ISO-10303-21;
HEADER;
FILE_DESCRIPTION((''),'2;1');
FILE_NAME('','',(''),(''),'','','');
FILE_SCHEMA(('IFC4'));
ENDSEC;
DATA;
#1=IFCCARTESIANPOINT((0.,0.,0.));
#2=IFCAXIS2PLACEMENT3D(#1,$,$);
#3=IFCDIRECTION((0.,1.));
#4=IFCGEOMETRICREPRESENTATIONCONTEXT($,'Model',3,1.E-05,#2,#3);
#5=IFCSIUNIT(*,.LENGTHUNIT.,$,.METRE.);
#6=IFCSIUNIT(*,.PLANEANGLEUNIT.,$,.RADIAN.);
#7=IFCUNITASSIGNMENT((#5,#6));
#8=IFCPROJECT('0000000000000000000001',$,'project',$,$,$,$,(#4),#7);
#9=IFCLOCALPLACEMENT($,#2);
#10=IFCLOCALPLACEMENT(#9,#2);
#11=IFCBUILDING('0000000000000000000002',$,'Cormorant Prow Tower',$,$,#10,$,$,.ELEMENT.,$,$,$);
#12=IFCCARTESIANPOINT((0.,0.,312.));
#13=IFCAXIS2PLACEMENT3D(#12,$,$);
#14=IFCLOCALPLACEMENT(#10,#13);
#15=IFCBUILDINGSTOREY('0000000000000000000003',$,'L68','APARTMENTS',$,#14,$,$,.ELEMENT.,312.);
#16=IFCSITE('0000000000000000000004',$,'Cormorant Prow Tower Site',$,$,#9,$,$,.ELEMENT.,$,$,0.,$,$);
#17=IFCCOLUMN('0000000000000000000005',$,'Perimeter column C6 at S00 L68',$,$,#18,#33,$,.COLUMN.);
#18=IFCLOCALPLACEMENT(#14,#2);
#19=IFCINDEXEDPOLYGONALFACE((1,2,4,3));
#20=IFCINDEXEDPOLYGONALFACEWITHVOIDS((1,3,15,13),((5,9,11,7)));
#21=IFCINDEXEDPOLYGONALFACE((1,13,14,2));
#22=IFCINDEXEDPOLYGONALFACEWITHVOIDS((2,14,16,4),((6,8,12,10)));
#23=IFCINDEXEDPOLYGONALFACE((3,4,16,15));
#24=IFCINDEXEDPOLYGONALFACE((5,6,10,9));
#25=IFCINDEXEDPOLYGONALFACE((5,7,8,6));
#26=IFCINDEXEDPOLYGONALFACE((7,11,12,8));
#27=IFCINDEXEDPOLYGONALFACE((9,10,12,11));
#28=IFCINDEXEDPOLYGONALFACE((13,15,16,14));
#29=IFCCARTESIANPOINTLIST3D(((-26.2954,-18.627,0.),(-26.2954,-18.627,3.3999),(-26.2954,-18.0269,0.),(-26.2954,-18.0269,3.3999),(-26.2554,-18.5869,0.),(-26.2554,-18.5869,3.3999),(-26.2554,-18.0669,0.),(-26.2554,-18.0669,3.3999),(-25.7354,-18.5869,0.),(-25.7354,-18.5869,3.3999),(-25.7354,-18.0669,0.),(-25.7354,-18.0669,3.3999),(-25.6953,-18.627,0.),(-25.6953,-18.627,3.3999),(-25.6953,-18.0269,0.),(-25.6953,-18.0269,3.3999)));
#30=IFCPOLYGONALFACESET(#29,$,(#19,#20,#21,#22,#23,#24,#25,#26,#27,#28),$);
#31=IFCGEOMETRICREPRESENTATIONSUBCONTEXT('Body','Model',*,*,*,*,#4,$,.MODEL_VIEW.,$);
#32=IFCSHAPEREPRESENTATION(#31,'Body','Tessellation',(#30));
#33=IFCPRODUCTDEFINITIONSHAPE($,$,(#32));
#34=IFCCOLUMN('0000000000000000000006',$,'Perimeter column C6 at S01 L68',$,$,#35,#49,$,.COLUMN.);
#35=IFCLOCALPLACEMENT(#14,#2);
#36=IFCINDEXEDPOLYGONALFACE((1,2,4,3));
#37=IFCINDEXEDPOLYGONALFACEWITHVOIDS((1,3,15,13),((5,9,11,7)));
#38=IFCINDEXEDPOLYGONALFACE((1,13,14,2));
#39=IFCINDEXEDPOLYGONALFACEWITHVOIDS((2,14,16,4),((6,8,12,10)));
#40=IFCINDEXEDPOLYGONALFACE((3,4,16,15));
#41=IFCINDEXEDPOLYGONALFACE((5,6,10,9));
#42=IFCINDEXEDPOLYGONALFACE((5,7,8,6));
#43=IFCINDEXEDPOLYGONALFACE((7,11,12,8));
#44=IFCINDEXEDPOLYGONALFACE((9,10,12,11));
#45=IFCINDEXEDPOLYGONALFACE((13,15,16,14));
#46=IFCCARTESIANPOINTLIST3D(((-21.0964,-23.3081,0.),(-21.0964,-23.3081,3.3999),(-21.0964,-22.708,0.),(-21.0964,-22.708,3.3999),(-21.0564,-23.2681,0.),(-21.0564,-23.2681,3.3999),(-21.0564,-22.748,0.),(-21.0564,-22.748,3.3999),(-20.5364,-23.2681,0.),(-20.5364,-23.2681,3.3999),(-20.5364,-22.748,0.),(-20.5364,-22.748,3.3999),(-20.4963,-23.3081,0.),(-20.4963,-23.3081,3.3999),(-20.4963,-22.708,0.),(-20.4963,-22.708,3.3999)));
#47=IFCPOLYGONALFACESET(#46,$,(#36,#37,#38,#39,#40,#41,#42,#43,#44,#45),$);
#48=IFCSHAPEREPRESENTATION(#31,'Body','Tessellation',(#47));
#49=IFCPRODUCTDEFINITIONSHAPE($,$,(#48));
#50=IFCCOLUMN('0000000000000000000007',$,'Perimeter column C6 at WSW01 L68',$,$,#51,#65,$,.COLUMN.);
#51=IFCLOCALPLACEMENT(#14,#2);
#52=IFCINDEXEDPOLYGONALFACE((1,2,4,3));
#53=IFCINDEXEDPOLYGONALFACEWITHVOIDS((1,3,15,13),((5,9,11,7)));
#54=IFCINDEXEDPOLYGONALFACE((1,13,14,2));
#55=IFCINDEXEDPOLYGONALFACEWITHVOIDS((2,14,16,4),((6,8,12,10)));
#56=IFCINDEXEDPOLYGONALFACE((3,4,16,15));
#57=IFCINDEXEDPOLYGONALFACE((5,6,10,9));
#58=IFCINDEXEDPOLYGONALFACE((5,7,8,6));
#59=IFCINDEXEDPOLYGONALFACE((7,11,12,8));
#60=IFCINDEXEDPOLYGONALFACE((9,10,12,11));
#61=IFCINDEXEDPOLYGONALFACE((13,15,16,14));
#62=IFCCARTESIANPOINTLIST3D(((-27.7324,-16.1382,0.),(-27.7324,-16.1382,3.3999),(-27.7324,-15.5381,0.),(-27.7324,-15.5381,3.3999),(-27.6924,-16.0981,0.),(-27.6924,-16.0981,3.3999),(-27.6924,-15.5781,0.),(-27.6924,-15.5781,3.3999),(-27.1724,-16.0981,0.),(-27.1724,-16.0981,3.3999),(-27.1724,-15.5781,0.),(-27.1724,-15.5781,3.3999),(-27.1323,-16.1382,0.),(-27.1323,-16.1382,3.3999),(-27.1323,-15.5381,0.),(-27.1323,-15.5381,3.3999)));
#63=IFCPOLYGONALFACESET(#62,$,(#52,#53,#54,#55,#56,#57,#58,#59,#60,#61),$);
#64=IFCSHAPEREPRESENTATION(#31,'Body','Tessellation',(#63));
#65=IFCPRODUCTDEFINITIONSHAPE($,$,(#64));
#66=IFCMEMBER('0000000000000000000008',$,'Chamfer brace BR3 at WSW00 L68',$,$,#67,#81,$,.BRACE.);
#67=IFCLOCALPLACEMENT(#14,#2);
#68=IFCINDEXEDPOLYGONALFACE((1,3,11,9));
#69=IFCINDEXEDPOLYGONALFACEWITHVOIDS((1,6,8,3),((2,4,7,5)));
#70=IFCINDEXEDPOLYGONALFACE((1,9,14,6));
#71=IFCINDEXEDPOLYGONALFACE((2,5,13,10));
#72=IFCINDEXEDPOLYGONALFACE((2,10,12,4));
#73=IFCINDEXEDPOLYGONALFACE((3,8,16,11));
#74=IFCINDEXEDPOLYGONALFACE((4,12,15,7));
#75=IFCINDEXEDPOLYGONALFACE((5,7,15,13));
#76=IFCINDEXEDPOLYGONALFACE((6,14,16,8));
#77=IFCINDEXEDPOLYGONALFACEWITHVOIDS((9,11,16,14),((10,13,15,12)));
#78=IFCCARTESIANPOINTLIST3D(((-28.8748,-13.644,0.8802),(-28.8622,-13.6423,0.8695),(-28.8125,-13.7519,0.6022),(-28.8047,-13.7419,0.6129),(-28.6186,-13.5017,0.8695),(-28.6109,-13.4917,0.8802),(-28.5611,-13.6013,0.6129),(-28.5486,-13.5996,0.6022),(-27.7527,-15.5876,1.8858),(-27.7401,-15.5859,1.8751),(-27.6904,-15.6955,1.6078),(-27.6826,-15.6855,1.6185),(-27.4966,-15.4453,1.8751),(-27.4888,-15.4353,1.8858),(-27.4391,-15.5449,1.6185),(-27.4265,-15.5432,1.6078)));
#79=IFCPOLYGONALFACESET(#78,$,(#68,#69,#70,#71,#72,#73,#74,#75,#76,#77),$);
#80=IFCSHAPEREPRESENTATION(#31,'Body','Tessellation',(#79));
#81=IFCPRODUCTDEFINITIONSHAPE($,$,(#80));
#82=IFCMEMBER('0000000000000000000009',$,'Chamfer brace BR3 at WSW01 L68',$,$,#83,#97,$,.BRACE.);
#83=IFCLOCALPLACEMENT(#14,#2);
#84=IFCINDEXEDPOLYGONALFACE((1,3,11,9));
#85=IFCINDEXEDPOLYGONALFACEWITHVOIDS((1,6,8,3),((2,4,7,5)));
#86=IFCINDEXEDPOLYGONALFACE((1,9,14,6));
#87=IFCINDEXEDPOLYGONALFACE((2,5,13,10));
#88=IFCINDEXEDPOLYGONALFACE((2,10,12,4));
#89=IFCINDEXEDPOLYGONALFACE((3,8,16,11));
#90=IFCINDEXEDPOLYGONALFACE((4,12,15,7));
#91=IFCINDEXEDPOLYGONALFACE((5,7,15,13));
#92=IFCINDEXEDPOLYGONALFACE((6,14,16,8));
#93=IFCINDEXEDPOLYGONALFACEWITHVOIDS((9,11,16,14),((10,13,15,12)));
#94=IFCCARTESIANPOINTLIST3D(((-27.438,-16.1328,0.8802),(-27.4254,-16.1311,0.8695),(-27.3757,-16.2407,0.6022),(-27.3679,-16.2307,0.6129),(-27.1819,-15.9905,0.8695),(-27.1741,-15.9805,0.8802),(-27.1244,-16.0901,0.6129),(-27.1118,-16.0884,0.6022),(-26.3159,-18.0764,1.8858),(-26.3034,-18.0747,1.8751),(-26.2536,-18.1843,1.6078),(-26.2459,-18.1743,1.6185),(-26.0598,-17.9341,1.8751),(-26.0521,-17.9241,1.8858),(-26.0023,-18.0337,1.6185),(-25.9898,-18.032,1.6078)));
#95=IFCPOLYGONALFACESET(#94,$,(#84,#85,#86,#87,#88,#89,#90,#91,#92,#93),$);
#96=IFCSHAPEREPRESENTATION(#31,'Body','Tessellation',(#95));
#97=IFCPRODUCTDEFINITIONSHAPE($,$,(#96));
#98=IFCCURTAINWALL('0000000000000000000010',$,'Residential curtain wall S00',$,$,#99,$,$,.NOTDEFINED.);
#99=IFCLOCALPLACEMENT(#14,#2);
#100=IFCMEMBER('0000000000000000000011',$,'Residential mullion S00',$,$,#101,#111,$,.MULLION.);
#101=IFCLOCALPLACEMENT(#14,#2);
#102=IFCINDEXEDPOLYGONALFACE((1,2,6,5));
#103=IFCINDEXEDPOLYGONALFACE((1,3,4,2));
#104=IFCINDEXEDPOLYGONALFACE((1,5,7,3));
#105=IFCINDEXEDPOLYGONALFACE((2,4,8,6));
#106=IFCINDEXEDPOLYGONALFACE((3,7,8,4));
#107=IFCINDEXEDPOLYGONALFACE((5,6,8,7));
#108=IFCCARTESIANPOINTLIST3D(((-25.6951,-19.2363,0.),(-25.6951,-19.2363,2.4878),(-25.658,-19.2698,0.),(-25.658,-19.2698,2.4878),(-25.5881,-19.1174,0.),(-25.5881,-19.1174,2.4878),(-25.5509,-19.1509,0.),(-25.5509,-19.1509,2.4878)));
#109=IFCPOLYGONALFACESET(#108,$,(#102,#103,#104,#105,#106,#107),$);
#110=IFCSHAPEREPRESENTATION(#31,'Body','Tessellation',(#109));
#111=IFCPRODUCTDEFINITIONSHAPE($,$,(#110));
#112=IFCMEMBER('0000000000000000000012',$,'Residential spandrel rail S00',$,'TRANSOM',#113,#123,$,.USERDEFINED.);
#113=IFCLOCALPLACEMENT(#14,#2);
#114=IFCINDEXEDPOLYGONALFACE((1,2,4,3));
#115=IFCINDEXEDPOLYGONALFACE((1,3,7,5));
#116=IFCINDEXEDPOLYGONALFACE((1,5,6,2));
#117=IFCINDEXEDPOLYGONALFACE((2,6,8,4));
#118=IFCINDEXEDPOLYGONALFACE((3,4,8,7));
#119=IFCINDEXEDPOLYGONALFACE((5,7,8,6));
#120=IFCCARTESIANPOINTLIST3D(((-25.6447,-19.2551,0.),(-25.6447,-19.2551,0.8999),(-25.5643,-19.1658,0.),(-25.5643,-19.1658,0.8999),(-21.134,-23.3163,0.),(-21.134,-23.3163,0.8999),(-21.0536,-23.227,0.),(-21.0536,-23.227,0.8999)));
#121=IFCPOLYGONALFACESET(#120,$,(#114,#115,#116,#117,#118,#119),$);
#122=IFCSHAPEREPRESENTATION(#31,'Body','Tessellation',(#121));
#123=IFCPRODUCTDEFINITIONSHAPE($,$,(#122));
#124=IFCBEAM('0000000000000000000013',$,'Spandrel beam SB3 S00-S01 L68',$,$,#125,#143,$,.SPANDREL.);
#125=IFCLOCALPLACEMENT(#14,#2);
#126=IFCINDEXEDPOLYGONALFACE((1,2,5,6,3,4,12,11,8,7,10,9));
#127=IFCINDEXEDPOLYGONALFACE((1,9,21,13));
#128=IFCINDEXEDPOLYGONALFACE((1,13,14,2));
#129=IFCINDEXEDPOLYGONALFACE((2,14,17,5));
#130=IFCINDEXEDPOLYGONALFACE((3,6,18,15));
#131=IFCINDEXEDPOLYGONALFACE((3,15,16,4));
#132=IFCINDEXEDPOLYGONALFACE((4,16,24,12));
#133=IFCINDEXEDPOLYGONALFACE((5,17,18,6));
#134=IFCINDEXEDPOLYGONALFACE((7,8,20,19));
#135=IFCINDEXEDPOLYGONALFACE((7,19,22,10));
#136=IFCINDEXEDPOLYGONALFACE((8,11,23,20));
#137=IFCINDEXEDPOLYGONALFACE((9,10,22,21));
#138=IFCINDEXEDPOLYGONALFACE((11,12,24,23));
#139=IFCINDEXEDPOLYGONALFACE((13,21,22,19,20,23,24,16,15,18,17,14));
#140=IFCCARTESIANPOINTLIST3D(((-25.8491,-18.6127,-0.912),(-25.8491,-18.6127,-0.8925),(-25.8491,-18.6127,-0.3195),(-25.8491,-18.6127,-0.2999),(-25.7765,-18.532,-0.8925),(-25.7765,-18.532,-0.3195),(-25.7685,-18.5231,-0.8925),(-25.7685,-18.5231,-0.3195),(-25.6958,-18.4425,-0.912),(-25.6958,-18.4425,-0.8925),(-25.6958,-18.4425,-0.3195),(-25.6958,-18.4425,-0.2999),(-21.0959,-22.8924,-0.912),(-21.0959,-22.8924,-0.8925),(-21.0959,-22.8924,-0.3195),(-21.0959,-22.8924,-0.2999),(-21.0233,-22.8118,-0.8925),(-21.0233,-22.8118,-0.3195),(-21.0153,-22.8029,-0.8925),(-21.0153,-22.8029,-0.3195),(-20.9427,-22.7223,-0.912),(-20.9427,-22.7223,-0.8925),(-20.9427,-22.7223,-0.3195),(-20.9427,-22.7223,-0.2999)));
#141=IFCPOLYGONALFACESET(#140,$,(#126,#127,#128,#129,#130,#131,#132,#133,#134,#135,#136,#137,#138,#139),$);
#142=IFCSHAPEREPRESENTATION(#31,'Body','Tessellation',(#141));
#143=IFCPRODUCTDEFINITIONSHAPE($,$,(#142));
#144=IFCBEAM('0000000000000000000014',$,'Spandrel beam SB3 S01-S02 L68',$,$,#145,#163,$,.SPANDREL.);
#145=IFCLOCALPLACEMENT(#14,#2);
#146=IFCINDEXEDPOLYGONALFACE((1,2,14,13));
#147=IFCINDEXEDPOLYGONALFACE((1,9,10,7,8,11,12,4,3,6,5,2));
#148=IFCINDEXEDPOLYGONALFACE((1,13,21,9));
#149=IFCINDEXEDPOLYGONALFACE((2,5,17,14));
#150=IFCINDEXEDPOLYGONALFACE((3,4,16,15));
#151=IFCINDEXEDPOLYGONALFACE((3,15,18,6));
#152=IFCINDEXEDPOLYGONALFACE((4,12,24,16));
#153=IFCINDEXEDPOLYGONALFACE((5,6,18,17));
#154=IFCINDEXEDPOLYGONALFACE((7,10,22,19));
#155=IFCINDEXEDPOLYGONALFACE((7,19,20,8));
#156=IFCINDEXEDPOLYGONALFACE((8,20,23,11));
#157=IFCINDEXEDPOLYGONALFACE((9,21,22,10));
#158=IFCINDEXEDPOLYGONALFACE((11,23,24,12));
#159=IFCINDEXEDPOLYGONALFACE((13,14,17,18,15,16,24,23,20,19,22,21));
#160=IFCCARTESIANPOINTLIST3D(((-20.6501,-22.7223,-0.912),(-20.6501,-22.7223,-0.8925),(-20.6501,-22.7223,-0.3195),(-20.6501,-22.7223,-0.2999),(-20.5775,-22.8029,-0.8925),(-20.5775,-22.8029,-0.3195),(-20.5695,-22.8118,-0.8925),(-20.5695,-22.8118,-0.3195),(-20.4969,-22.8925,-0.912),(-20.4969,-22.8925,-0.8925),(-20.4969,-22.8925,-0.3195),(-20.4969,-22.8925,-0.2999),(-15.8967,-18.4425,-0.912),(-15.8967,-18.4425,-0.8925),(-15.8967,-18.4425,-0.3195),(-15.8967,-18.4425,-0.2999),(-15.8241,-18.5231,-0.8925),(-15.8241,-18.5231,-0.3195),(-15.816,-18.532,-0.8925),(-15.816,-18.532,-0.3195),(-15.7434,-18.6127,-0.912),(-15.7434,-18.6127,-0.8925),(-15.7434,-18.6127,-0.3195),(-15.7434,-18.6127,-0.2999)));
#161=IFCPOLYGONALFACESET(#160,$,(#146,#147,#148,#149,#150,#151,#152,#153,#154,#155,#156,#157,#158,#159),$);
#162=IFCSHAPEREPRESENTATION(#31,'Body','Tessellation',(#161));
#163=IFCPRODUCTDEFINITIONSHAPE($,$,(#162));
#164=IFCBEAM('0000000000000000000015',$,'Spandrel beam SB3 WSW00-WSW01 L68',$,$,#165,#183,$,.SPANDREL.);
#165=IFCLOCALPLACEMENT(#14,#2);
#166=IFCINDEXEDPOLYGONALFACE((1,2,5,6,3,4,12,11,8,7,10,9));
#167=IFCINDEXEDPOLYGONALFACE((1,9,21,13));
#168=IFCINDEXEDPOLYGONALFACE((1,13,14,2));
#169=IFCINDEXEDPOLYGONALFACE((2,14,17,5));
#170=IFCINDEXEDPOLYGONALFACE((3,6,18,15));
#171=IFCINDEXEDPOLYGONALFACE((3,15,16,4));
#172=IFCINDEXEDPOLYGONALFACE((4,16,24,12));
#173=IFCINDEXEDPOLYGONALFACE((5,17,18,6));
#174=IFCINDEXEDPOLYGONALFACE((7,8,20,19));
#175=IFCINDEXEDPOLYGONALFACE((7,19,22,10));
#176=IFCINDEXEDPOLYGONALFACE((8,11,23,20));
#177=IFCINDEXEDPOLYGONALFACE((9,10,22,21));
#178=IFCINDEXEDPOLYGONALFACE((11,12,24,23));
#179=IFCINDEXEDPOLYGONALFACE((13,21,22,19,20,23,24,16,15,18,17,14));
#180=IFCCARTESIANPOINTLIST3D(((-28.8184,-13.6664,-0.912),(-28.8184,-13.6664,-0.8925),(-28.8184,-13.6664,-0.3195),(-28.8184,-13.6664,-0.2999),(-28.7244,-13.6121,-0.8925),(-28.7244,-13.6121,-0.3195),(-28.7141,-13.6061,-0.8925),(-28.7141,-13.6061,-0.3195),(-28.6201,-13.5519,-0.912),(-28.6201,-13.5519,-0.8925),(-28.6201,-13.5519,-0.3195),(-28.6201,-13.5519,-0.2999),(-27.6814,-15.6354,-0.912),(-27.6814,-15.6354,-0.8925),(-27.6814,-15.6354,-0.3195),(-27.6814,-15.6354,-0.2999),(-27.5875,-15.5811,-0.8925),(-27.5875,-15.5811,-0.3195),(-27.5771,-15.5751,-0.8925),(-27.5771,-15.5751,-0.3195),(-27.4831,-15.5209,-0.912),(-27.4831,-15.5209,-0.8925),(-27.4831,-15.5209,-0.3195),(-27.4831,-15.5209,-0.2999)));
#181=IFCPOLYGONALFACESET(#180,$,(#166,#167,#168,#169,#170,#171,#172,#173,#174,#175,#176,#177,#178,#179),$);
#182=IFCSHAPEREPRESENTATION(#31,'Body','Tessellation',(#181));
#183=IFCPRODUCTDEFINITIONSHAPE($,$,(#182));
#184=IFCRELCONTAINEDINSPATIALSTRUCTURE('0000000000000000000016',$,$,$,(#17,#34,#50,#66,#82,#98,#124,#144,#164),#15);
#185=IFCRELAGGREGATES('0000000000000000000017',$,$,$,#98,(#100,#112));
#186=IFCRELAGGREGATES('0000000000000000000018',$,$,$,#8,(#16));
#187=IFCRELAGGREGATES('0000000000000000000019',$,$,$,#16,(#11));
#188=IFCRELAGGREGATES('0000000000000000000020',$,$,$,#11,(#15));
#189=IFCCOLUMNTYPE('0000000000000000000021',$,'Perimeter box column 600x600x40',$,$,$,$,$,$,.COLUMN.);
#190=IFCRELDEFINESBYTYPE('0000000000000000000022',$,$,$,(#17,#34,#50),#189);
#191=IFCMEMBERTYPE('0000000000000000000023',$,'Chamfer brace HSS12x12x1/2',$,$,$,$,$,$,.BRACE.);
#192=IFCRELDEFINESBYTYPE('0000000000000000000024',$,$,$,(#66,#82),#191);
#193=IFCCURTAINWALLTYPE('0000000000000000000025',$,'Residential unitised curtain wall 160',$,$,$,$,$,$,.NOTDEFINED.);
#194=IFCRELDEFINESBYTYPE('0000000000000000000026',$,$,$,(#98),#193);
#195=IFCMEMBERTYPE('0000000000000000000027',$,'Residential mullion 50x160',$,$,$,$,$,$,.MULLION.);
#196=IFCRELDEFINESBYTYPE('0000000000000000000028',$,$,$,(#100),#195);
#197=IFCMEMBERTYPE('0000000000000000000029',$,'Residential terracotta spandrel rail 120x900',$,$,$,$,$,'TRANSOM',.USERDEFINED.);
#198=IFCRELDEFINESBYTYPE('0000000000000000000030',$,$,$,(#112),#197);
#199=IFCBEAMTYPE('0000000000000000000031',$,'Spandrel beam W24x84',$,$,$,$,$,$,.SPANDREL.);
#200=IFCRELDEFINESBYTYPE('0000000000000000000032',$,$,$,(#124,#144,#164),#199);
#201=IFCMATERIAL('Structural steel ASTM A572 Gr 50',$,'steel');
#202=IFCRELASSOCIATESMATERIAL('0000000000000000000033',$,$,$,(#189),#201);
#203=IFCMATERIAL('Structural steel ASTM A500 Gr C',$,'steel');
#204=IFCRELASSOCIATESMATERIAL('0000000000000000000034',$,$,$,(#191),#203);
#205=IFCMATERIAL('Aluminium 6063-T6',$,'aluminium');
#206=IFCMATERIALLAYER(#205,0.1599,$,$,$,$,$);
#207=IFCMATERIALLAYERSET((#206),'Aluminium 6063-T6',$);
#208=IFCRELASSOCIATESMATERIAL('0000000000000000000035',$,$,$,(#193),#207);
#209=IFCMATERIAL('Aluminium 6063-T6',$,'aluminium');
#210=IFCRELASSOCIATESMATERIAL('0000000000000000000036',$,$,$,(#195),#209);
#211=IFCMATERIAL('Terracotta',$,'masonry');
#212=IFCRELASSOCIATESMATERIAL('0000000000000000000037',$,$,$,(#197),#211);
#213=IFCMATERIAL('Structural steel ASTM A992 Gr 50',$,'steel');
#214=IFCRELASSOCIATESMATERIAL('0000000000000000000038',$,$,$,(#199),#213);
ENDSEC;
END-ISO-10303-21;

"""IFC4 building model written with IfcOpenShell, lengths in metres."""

from ifc_helpers import new_model, si_unit, direction, frame, origin, origin_2d, place, context, subcontext, project, spatial, rectangle, hollow_rectangle, i_section, extrude, material, layer, layer_set, material_profile, profile_set, type_object, element, aggregate, save


model = new_model("IFC4")

# Units and contexts
model_context = context("Model", 3, precision=1e-05, world=origin(), true_north=direction((0.0, 1.0)))
body_context = subcontext(model_context, "Body", "Model", "MODEL_VIEW")
ifc_project = project(units=[si_unit("LENGTHUNIT", "METRE"), si_unit("PLANEANGLEUNIT", "RADIAN")], contexts=[model_context])

# Site, building, storey
site_placement = place(None, origin())
site = spatial("IfcSite", under=ifc_project, at=site_placement, Name="Cormorant Prow Tower Site", CompositionType="ELEMENT", RefElevation=0.0)
building_placement = place(site_placement, origin())
building = spatial("IfcBuilding", under=site, at=building_placement, Name="Cormorant Prow Tower", CompositionType="ELEMENT")
storey_placement = place(building_placement, frame((0.0, 0.0, 312.0)))
storey = spatial("IfcBuildingStorey", under=building, at=storey_placement, Name="L68", Description="APARTMENTS", CompositionType="ELEMENT", Elevation=312.0)

# Columns
ifc_material_1 = material(Name="Structural steel ASTM A572 Gr 50", Category="steel")
ifc_material_profile_1 = material_profile(ifc_material_1, hollow_rectangle(XDim=0.6001, YDim=0.6001, WallThickness=0.04, at=origin_2d()), Name="Box 600x600x40")
ifc_profile_set_1 = profile_set([ifc_material_profile_1], Name="Structural steel ASTM A572 Gr 50")
column_type = type_object("IfcColumnType", Name="Perimeter box column 600x600x40", PredefinedType="COLUMN", material=ifc_profile_set_1)
for number, where, z_axis, x_axis, name in (
    (1, (-25.9954, -18.3269, 0.0), (0.0, 0.0, 1.0), (1.0, 0.0, 0.0), "Perimeter column C6 at S00 L68"),
    (2, (-20.7964, -23.0081, 0.0), (0.0, 0.0, 1.0), (1.0, 0.0, 0.0), "Perimeter column C6 at S01 L68"),
    (3, (-27.4324, -15.8381, 0.0), (0.0, 0.0, 1.0), (1.0, 0.0, 0.0), "Perimeter column C6 at WSW01 L68"),
):
    element("IfcColumn", number, at=place(storey_placement, frame(where, z_axis=z_axis, x_axis=x_axis)), inside=storey, type_object=column_type, Name=name, PredefinedType="COLUMN", context=body_context, shape_type="SweptSolid", body=[
        extrude(hollow_rectangle(XDim=0.6001, YDim=0.6001, WallThickness=0.04, at=origin_2d()), origin(), (0.0, 0.0, 1.0), 3.3999),
    ])

# Members
ifc_material_2 = material(Name="Structural steel ASTM A500 Gr C", Category="steel")
ifc_material_profile_2 = material_profile(ifc_material_2, hollow_rectangle(XDim=0.3047, YDim=0.3047, WallThickness=0.0117, at=origin_2d()), Name="HSS12x12x1/2")
ifc_profile_set_2 = profile_set([ifc_material_profile_2], Name="Structural steel ASTM A500 Gr C")
member_type_1 = type_object("IfcMemberType", Name="Chamfer brace HSS12x12x1/2", PredefinedType="BRACE", material=ifc_profile_set_2)
for number, where, z_axis, x_axis, name in (
    (4, (-28.7117, -13.6218, 0.7412), (0.456266, -0.790324, 0.408912), (0.866039, 0.499977, 0.0), "Chamfer brace BR3 at WSW00 L68"),
    (5, (-27.2749, -16.1106, 0.7412), (0.456266, -0.790324, 0.408912), (0.866039, 0.499977, 0.0), "Chamfer brace BR3 at WSW01 L68"),
):
    element("IfcMember", number, at=place(storey_placement, frame(where, z_axis=z_axis, x_axis=x_axis)), inside=storey, type_object=member_type_1, Name=name, PredefinedType="BRACE", context=body_context, shape_type="SweptSolid", body=[
        extrude(hollow_rectangle(XDim=0.3047, YDim=0.3047, WallThickness=0.0117, at=origin_2d()), origin(), (0.0, 0.0, 1.0), 2.4592),
    ])

# Curtain wall, members
ifc_material_3 = material(Name="Aluminium 6063-T6", Category="aluminium")
ifc_layer_1 = layer(ifc_material_3, 0.1599)
ifc_layer_set_1 = layer_set([ifc_layer_1], Name="Aluminium 6063-T6")
curtain_wall_type = type_object("IfcCurtainWallType", Name="Residential unitised curtain wall 160", PredefinedType="NOTDEFINED", material=ifc_layer_set_1)
curtain_wall_placement = place(storey_placement, origin())
curtain_wall = element("IfcCurtainWall", 6, at=curtain_wall_placement, inside=storey, type_object=curtain_wall_type, Name="Residential curtain wall S00", PredefinedType="NOTDEFINED")
ifc_material_4 = material(Name="Aluminium 6063-T6", Category="aluminium")
ifc_material_profile_3 = material_profile(ifc_material_4, rectangle(XDim=0.1599, YDim=0.05, at=origin_2d()), Name="Residential mullion 50x160")
ifc_profile_set_3 = profile_set([ifc_material_profile_3], Name="Aluminium 6063-T6")
member_type_2 = type_object("IfcMemberType", Name="Residential mullion 50x160", PredefinedType="MULLION", material=ifc_profile_set_3)
member_1_placement = place(storey_placement, frame((-25.623, -19.1936, 0.0), z_axis=(0.0, 0.0, 1.0), x_axis=(0.669131, 0.743145, 0.0)))
member_1 = element("IfcMember", 7, at=member_1_placement, type_object=member_type_2, Name="Residential mullion S00", PredefinedType="MULLION", context=body_context, shape_type="SweptSolid", body=[
    extrude(rectangle(XDim=0.1599, YDim=0.05, at=origin_2d()), origin(), (0.0, 0.0, 1.0), 2.4878),
])
ifc_material_5 = material(Name="Terracotta", Category="masonry")
ifc_material_profile_4 = material_profile(ifc_material_5, rectangle(XDim=0.1201, YDim=0.8999, at=origin_2d()), Name="Residential terracotta spandrel rail 120x900")
ifc_profile_set_4 = profile_set([ifc_material_profile_4], Name="Terracotta")
member_type_3 = type_object("IfcMemberType", Name="Residential terracotta spandrel rail 120x900", ElementType="TRANSOM", PredefinedType="USERDEFINED", material=ifc_profile_set_4)
member_2_placement = place(storey_placement, frame((-25.6045, -19.2104, 0.45), z_axis=(0.743162, -0.669111, 0.0), x_axis=(0.669111, 0.743162, 0.0)))
member_2 = element("IfcMember", 8, at=member_2_placement, type_object=member_type_3, Name="Residential spandrel rail S00", ObjectType="TRANSOM", PredefinedType="USERDEFINED", context=body_context, shape_type="SweptSolid", body=[
    extrude(rectangle(XDim=0.1201, YDim=0.8999, at=origin_2d()), origin(), (0.0, 0.0, 1.0), 6.0696),
])

# Beams
ifc_material_6 = material(Name="Structural steel ASTM A992 Gr 50", Category="steel")
ifc_material_profile_5 = material_profile(ifc_material_6, i_section(OverallWidth=0.229, OverallDepth=0.6121, WebThickness=0.012, FlangeThickness=0.0195, at=origin_2d()), Name="W24x84")
ifc_profile_set_5 = profile_set([ifc_material_profile_5], Name="Structural steel ASTM A992 Gr 50")
beam_type = type_object("IfcBeamType", Name="Spandrel beam W24x84", PredefinedType="SPANDREL", material=ifc_profile_set_5)
beam_1_placement = place(storey_placement, frame((-25.7725, -18.5276, -0.606), z_axis=(0.743144, -0.669131, 0.0), x_axis=(0.669131, 0.743144, 0.0)))
element("IfcBeam", 9, at=beam_1_placement, inside=storey, type_object=beam_type, Name="Spandrel beam SB3 S00-S01 L68", PredefinedType="SPANDREL", context=body_context, shape_type="SweptSolid", body=[
    extrude(i_section(OverallWidth=0.229, OverallDepth=0.6121, WebThickness=0.012, FlangeThickness=0.0195, at=origin_2d()), origin(), (0.0, 0.0, 1.0), 6.396),
])
beam_2_placement = place(storey_placement, frame((-20.5735, -22.8074, -0.606), z_axis=(0.743161, 0.669112, 0.0), x_axis=(-0.669112, 0.743161, 0.0)))
element("IfcBeam", 10, at=beam_2_placement, inside=storey, type_object=beam_type, Name="Spandrel beam SB3 S01-S02 L68", PredefinedType="SPANDREL", context=body_context, shape_type="SweptSolid", body=[
    extrude(i_section(OverallWidth=0.229, OverallDepth=0.6121, WebThickness=0.012, FlangeThickness=0.0195, at=origin_2d()), origin(), (0.0, 0.0, 1.0), 6.3962),
])
beam_3_placement = place(storey_placement, frame((-28.7192, -13.6091, -0.606), z_axis=(0.500054, -0.865994, 0.0), x_axis=(0.865994, 0.500054, 0.0)))
element("IfcBeam", 11, at=beam_3_placement, inside=storey, type_object=beam_type, Name="Spandrel beam SB3 WSW00-WSW01 L68", PredefinedType="SPANDREL", context=body_context, shape_type="SweptSolid", body=[
    extrude(i_section(OverallWidth=0.229, OverallDepth=0.6121, WebThickness=0.012, FlangeThickness=0.0195, at=origin_2d()), origin(), (0.0, 0.0, 1.0), 2.2737),
])

aggregate(curtain_wall, [member_1, member_2])

save(model, "model.ifc")
